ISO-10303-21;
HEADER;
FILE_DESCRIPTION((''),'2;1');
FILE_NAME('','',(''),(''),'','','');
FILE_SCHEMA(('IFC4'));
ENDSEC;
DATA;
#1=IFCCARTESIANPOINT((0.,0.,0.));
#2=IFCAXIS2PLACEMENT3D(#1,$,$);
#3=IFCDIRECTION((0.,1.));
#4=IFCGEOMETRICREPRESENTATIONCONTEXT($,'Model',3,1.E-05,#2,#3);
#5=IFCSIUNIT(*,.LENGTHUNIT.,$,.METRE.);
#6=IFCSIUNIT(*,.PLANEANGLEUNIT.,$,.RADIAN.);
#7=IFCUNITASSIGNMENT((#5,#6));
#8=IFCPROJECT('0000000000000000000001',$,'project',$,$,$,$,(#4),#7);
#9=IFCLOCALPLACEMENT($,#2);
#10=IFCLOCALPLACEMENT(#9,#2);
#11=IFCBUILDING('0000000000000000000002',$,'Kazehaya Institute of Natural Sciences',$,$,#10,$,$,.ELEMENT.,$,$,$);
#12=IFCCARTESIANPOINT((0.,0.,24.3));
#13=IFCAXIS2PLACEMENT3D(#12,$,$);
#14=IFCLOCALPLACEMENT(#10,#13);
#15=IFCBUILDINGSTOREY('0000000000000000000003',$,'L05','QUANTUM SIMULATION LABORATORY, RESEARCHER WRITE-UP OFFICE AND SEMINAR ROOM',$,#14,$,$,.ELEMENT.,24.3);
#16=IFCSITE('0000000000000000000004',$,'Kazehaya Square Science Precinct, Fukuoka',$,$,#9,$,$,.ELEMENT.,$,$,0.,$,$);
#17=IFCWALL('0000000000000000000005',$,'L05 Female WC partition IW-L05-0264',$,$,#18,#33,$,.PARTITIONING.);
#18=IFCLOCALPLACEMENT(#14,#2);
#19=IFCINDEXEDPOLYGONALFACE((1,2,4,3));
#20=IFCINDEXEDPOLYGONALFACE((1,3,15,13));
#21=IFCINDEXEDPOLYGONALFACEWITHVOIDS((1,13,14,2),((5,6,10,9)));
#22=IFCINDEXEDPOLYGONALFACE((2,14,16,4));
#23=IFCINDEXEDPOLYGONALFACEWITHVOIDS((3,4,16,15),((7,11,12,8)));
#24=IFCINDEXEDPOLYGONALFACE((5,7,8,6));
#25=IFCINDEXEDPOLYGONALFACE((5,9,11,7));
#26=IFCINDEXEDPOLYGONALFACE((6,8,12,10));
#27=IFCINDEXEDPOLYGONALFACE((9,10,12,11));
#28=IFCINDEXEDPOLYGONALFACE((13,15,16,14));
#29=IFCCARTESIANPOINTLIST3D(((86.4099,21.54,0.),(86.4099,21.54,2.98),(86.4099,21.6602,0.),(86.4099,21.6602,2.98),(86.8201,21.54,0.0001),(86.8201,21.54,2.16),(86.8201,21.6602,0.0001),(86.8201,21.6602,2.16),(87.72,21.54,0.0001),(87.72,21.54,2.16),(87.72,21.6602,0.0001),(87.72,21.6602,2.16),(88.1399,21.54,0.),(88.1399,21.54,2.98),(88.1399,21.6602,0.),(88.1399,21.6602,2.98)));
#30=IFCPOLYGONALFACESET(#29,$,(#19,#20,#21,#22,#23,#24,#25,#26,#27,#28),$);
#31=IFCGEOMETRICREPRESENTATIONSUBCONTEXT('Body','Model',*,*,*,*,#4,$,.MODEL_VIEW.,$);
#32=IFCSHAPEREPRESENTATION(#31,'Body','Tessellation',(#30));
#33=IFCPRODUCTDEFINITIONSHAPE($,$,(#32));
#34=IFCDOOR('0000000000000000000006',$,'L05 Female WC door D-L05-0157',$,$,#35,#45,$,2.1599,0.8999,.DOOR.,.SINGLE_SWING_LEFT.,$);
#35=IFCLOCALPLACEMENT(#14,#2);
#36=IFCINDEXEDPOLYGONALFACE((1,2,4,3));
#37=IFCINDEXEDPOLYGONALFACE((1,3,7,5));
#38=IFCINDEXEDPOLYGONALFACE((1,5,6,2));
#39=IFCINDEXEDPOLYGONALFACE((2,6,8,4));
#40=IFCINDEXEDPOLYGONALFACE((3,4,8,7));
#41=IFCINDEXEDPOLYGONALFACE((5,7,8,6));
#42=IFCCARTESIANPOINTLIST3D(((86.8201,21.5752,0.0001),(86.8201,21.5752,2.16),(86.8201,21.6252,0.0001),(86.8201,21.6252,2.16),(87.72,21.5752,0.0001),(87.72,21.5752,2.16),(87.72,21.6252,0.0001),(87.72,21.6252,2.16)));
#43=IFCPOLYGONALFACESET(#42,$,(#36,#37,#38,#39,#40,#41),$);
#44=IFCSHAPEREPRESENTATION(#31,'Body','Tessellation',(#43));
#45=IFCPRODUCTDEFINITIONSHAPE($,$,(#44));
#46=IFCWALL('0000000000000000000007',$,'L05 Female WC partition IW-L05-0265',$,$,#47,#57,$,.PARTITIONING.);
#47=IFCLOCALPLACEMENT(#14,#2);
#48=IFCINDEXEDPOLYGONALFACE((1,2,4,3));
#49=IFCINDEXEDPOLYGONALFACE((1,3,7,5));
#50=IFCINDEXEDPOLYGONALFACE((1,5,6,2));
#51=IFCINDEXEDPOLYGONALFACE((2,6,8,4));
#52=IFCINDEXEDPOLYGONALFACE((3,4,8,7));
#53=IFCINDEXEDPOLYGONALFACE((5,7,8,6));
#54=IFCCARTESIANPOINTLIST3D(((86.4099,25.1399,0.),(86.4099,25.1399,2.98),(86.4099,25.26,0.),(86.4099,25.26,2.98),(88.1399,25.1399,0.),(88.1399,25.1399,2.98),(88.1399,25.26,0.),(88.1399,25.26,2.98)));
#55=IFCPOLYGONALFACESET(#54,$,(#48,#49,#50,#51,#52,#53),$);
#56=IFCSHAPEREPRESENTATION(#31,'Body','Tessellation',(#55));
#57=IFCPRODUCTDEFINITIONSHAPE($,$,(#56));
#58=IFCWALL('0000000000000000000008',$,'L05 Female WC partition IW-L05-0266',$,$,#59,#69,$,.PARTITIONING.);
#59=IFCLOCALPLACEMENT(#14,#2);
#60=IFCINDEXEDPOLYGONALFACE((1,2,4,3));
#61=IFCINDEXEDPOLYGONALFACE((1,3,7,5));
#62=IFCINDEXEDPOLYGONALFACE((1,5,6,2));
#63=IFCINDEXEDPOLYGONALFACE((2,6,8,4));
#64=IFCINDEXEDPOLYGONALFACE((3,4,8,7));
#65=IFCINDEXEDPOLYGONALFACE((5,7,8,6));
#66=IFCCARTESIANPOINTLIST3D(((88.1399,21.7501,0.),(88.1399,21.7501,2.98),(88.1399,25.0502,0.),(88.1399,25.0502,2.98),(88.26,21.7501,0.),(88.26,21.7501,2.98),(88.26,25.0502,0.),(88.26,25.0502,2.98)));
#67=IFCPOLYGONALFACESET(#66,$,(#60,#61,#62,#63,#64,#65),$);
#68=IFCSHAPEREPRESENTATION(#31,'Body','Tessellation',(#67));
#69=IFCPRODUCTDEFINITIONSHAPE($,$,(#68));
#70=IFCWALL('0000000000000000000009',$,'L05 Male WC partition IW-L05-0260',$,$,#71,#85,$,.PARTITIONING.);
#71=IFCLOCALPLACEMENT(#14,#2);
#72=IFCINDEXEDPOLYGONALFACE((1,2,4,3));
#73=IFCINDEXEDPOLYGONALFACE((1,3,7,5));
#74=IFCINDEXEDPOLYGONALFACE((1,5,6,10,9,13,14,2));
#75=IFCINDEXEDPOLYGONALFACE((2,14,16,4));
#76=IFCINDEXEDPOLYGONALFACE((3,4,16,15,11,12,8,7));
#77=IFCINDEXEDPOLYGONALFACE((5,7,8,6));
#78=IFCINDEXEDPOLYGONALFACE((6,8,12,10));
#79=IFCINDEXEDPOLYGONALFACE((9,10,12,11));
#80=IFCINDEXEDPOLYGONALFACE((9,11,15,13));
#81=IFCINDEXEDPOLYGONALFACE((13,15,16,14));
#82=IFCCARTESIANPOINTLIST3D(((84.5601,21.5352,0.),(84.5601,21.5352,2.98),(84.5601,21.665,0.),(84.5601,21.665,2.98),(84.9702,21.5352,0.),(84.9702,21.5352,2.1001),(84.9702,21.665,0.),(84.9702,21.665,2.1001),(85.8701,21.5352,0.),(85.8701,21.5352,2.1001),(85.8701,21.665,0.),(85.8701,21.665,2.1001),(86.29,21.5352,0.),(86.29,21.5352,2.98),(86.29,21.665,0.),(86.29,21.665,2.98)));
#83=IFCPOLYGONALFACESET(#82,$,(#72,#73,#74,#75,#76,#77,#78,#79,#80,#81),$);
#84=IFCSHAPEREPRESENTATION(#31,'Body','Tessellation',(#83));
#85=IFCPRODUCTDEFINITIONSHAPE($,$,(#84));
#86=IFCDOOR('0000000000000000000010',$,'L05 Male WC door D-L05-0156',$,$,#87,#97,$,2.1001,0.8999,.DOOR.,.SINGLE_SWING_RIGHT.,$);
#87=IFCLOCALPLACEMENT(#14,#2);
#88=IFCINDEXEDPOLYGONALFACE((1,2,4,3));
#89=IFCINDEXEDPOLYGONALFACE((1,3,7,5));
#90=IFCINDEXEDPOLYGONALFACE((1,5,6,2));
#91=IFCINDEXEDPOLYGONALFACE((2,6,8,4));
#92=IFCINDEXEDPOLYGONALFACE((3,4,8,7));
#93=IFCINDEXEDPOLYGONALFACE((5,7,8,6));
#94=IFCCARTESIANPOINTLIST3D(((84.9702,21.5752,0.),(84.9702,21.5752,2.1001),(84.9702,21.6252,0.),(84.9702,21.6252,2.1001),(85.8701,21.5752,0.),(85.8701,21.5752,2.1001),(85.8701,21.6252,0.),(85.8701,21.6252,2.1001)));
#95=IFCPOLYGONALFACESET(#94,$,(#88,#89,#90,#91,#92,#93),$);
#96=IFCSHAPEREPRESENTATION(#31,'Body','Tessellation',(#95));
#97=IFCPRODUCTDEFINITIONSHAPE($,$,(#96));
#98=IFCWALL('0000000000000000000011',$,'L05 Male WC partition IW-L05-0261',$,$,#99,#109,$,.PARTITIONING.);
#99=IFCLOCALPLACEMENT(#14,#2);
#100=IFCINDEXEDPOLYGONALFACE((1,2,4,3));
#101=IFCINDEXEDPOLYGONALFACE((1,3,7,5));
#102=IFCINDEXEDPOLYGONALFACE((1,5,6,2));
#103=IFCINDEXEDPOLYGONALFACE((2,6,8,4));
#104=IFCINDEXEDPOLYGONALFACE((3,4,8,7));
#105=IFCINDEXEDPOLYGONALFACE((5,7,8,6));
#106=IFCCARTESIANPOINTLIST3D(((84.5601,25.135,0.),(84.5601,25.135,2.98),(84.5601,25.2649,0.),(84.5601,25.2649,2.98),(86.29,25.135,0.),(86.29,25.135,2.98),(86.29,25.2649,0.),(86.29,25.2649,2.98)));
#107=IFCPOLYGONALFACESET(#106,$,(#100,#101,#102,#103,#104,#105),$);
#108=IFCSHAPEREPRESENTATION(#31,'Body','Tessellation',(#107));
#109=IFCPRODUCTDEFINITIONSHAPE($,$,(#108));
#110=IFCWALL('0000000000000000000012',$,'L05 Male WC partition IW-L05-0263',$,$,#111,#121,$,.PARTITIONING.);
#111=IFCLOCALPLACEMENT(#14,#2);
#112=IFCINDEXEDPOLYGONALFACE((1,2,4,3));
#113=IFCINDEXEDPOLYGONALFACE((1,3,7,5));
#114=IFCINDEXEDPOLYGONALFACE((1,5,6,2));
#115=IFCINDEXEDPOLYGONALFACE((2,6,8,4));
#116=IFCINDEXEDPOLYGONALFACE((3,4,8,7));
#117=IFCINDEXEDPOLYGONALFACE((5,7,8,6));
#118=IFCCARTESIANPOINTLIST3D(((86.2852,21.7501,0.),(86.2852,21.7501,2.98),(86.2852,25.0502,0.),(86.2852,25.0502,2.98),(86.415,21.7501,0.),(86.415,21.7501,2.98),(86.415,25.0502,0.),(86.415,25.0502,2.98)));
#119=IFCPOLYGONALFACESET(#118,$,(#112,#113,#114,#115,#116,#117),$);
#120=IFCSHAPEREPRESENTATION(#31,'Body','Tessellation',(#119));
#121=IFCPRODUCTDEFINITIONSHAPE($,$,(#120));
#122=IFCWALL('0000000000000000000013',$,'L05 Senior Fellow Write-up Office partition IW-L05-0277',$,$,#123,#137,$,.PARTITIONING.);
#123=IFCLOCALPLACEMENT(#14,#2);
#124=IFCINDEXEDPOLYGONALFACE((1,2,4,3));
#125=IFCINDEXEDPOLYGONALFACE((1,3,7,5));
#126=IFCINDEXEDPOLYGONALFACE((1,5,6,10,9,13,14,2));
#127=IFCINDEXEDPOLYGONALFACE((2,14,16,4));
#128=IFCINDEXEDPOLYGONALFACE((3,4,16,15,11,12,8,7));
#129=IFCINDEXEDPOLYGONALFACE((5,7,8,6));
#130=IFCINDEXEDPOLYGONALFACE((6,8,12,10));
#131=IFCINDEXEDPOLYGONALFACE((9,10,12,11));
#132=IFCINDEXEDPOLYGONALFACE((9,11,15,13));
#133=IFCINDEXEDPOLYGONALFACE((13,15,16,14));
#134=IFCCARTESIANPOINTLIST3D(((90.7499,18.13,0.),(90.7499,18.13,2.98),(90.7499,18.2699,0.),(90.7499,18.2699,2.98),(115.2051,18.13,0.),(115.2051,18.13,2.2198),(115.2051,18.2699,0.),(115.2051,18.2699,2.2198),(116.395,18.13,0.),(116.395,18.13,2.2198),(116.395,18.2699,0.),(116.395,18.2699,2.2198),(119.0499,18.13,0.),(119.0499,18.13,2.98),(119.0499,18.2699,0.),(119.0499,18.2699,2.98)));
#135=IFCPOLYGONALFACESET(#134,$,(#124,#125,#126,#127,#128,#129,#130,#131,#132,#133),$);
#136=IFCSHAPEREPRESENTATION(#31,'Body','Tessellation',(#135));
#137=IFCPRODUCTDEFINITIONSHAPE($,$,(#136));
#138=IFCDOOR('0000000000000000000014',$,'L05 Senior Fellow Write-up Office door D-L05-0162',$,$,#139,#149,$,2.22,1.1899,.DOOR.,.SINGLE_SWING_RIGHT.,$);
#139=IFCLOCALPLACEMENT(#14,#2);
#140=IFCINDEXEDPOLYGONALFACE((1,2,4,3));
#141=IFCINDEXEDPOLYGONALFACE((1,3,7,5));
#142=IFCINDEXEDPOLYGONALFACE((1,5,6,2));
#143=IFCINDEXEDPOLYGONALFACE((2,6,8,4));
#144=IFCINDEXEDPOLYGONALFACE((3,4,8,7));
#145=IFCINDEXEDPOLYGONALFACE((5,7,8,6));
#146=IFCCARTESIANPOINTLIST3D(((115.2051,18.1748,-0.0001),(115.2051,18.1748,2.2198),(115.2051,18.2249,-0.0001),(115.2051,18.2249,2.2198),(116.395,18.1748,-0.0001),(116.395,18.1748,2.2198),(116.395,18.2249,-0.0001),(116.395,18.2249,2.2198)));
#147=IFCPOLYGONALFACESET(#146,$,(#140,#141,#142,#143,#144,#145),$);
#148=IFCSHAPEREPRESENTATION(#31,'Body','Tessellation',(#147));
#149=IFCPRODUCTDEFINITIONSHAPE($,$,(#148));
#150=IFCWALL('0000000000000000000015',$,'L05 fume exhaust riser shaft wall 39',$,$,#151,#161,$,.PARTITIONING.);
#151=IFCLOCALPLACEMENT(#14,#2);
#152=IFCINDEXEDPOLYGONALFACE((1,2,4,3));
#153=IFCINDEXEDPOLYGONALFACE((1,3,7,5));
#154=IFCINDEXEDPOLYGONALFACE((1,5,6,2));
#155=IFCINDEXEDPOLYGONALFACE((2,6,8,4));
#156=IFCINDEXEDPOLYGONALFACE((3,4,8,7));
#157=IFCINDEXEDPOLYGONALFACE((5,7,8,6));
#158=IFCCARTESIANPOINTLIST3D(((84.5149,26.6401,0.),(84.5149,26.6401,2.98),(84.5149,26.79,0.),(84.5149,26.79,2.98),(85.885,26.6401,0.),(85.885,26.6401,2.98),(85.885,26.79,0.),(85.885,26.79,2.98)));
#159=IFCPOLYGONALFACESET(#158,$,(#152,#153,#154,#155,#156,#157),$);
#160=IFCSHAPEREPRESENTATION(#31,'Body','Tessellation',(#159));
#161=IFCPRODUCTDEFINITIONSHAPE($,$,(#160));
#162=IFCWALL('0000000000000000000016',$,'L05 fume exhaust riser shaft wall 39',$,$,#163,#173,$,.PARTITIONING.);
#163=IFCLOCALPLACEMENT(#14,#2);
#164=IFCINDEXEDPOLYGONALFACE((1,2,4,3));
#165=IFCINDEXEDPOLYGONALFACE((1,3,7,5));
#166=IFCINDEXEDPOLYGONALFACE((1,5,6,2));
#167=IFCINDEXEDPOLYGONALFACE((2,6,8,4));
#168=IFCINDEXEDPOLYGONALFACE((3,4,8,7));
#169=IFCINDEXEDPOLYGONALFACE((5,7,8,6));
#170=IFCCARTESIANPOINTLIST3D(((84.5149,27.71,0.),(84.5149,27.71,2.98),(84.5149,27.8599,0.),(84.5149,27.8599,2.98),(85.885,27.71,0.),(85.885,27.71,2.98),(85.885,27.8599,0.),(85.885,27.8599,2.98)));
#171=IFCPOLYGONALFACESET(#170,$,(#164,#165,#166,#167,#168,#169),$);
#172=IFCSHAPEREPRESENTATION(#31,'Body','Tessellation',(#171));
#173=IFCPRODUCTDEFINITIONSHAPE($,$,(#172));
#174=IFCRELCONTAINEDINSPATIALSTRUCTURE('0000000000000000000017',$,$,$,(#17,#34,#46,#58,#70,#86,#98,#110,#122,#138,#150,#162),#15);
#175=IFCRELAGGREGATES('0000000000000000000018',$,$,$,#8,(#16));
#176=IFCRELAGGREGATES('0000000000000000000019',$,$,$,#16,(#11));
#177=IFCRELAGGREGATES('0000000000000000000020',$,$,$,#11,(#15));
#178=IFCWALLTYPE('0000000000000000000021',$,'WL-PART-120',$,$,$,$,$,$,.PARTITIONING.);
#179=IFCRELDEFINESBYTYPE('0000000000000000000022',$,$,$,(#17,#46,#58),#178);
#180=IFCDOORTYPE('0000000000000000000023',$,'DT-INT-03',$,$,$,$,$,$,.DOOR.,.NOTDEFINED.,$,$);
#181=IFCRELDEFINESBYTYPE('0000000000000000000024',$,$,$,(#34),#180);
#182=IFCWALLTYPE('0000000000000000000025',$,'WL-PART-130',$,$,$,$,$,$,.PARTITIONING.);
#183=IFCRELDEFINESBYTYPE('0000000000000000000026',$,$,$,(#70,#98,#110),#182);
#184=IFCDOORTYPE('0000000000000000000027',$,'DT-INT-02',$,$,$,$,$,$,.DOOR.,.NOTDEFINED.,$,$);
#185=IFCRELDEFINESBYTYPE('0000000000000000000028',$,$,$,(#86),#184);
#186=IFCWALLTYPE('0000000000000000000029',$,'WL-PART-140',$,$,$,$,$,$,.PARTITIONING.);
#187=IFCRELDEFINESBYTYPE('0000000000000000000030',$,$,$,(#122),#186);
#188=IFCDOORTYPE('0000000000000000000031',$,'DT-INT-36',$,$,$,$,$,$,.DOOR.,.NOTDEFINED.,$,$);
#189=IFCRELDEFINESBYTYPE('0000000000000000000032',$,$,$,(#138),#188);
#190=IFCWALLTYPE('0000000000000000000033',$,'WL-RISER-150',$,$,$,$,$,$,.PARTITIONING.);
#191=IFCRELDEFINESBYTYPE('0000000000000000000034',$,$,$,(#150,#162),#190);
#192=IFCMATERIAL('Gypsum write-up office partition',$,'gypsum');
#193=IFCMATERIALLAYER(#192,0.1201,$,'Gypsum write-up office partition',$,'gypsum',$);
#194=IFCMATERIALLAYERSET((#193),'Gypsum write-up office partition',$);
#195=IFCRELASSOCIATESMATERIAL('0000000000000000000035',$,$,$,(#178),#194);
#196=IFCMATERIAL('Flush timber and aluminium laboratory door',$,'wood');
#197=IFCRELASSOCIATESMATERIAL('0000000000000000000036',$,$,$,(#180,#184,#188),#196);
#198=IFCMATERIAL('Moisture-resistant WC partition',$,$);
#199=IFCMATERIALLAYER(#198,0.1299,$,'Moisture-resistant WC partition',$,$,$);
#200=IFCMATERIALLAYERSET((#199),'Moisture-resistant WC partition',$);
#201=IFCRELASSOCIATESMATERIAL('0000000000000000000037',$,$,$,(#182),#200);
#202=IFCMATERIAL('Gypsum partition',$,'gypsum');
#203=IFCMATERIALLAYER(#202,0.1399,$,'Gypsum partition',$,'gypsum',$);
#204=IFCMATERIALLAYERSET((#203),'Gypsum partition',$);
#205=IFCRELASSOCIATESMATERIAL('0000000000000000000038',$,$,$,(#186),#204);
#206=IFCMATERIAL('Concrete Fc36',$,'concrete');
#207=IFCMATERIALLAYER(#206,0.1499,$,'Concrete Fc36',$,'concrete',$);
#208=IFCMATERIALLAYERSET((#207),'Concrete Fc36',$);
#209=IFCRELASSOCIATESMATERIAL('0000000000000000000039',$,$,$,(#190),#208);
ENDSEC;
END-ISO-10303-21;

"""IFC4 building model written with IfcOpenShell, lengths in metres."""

from ifc_helpers import new_model, si_unit, direction, frame, frame_2d, origin, place, context, subcontext, project, spatial, rectangle, extrude, material, layer, layer_set, type_object, element, fill, save


model = new_model("IFC4")

# Units and contexts
model_context = context("Model", 3, precision=1e-05, world=origin(), true_north=direction((0.0, 1.0)))
body_context = subcontext(model_context, "Body", "Model", "MODEL_VIEW")
ifc_project = project(units=[si_unit("LENGTHUNIT", "METRE"), si_unit("PLANEANGLEUNIT", "RADIAN")], contexts=[model_context])

# Site, building, storey
site_placement = place(None, origin())
site = spatial("IfcSite", under=ifc_project, at=site_placement, Name="Kazehaya Square Science Precinct, Fukuoka", CompositionType="ELEMENT", RefElevation=0.0)
building_placement = place(site_placement, origin())
building = spatial("IfcBuilding", under=site, at=building_placement, Name="Kazehaya Institute of Natural Sciences", CompositionType="ELEMENT")
storey_placement = place(building_placement, frame((0.0, 0.0, 24.3)))
storey = spatial("IfcBuildingStorey", under=building, at=storey_placement, Name="L05", Description="QUANTUM SIMULATION LABORATORY, RESEARCHER WRITE-UP OFFICE AND SEMINAR ROOM", CompositionType="ELEMENT", Elevation=24.3)

# Shared definitions
ifc_material_1 = material(Name="Concrete Fc36", Category="concrete")

# Shared definitions
ifc_material_2 = material(Name="Flush timber and aluminium laboratory door", Category="wood")

# Wall, opening, door
ifc_material_3 = material(Name="Gypsum write-up office partition", Category="gypsum")
ifc_layer_1 = layer(ifc_material_3, 0.1201, Name="Gypsum write-up office partition", Category="gypsum")
ifc_layer_set_1 = layer_set([ifc_layer_1], Name="Gypsum write-up office partition")
wall_type_1 = type_object("IfcWallType", Name="WL-PART-120", PredefinedType="PARTITIONING", material=ifc_layer_set_1)
wall_1_placement = place(storey_placement, frame((88.1399, 21.6001, 0.0), z_axis=(0.0, 0.0, 1.0), x_axis=(-1.0, 0.0, 0.0)))
wall_1 = element("IfcWall", 1, at=wall_1_placement, inside=storey, type_object=wall_type_1, Name="L05 Female WC partition IW-L05-0264", PredefinedType="PARTITIONING", context=body_context, shape_type="SweptSolid", body=[
    extrude(rectangle(XDim=1.73, YDim=0.1201, at=frame_2d((0.865, 0.0))), origin(), (0.0, 0.0, 1.0), 2.98),
])
opening_1_placement = place(wall_1_placement, frame((0.4199, 0.0, 0.0)))
opening_1 = element("IfcOpeningElement", 2, at=opening_1_placement, cuts=wall_1, PredefinedType="OPENING", context=body_context, shape_type="SweptSolid", body=[
    extrude(rectangle(XDim=0.8999, YDim=2.1599, at=frame_2d((0.45, 1.0801))), frame((0.0, 0.0701, 0.0), z_axis=(0.0, -1.0, 0.0), x_axis=(1.0, 0.0, 0.0)), (0.0, 0.0, 1.0), 0.1401),
])
door_type_1 = type_object("IfcDoorType", Name="DT-INT-03", OperationType="NOTDEFINED", PredefinedType="DOOR", material=ifc_material_2)
door_1_placement = place(opening_1_placement, origin())
door_1 = element("IfcDoor", 3, at=door_1_placement, inside=storey, type_object=door_type_1, Name="L05 Female WC door D-L05-0157", OperationType="SINGLE_SWING_LEFT", OverallHeight=2.1599, OverallWidth=0.8999, PredefinedType="DOOR", context=body_context, shape_type="SweptSolid", body=[
    extrude(rectangle(XDim=0.8999, YDim=2.1599, at=frame_2d((0.45, 1.0801))), frame((0.0, 0.0249, 0.0), z_axis=(0.0, -1.0, 0.0), x_axis=(1.0, 0.0, 0.0)), (0.0, 0.0, 1.0), 0.05),
])
fill(opening_1, door_1)

# Walls
wall_2_placement = place(storey_placement, frame((86.4099, 25.2, 0.0), z_axis=(0.0, 0.0, 1.0), x_axis=(1.0, 0.0, 0.0)))
element("IfcWall", 4, at=wall_2_placement, inside=storey, type_object=wall_type_1, Name="L05 Female WC partition IW-L05-0265", PredefinedType="PARTITIONING", context=body_context, shape_type="SweptSolid", body=[
    extrude(rectangle(XDim=1.73, YDim=0.1201, at=frame_2d((0.865, 0.0))), origin(), (0.0, 0.0, 1.0), 2.98),
])
wall_3_placement = place(storey_placement, frame((88.2, 25.05, 0.0), z_axis=(0.0, 0.0, 1.0), x_axis=(0.0, -1.0, 0.0)))
element("IfcWall", 5, at=wall_3_placement, inside=storey, type_object=wall_type_1, Name="L05 Female WC partition IW-L05-0266", PredefinedType="PARTITIONING", context=body_context, shape_type="SweptSolid", body=[
    extrude(rectangle(XDim=3.3, YDim=0.1201, at=frame_2d((1.6499, 0.0))), origin(), (0.0, 0.0, 1.0), 2.98),
])

# Wall, opening, door
ifc_material_4 = material(Name="Moisture-resistant WC partition")
ifc_layer_2 = layer(ifc_material_4, 0.1299, Name="Moisture-resistant WC partition")
ifc_layer_set_2 = layer_set([ifc_layer_2], Name="Moisture-resistant WC partition")
wall_type_2 = type_object("IfcWallType", Name="WL-PART-130", PredefinedType="PARTITIONING", material=ifc_layer_set_2)
wall_4_placement = place(storey_placement, frame((86.29, 21.6001, 0.0), z_axis=(0.0, 0.0, 1.0), x_axis=(-1.0, 0.0, 0.0)))
wall_4 = element("IfcWall", 6, at=wall_4_placement, inside=storey, type_object=wall_type_2, Name="L05 Male WC partition IW-L05-0260", PredefinedType="PARTITIONING", context=body_context, shape_type="SweptSolid", body=[
    extrude(rectangle(XDim=1.73, YDim=0.1299, at=frame_2d((0.865, 0.0))), origin(), (0.0, 0.0, 1.0), 2.98),
])
opening_2_placement = place(wall_4_placement, frame((0.4199, 0.0, 0.0)))
opening_2 = element("IfcOpeningElement", 7, at=opening_2_placement, cuts=wall_4, PredefinedType="OPENING", context=body_context, shape_type="SweptSolid", body=[
    extrude(rectangle(XDim=0.8999, YDim=2.1001, at=frame_2d((0.45, 1.05))), frame((0.0, 0.075, 0.0), z_axis=(0.0, -1.0, 0.0), x_axis=(1.0, 0.0, 0.0)), (0.0, 0.0, 1.0), 0.1499),
])
door_type_2 = type_object("IfcDoorType", Name="DT-INT-02", OperationType="NOTDEFINED", PredefinedType="DOOR", material=ifc_material_2)
door_2_placement = place(opening_2_placement, origin())
door_2 = element("IfcDoor", 8, at=door_2_placement, inside=storey, type_object=door_type_2, Name="L05 Male WC door D-L05-0156", OperationType="SINGLE_SWING_RIGHT", OverallHeight=2.1001, OverallWidth=0.8999, PredefinedType="DOOR", context=body_context, shape_type="SweptSolid", body=[
    extrude(rectangle(XDim=0.8999, YDim=2.1001, at=frame_2d((0.45, 1.05))), frame((0.0, 0.0249, 0.0), z_axis=(0.0, -1.0, 0.0), x_axis=(1.0, 0.0, 0.0)), (0.0, 0.0, 1.0), 0.05),
])
fill(opening_2, door_2)

# Walls
wall_5_placement = place(storey_placement, frame((84.5601, 25.2, 0.0), z_axis=(0.0, 0.0, 1.0), x_axis=(1.0, 0.0, 0.0)))
element("IfcWall", 9, at=wall_5_placement, inside=storey, type_object=wall_type_2, Name="L05 Male WC partition IW-L05-0261", PredefinedType="PARTITIONING", context=body_context, shape_type="SweptSolid", body=[
    extrude(rectangle(XDim=1.73, YDim=0.1299, at=frame_2d((0.865, 0.0))), origin(), (0.0, 0.0, 1.0), 2.98),
])
wall_6_placement = place(storey_placement, frame((86.3501, 25.05, 0.0), z_axis=(0.0, 0.0, 1.0), x_axis=(0.0, -1.0, 0.0)))
element("IfcWall", 10, at=wall_6_placement, inside=storey, type_object=wall_type_2, Name="L05 Male WC partition IW-L05-0263", PredefinedType="PARTITIONING", context=body_context, shape_type="SweptSolid", body=[
    extrude(rectangle(XDim=3.3, YDim=0.1299, at=frame_2d((1.6499, 0.0))), origin(), (0.0, 0.0, 1.0), 2.98),
])

# Wall, opening, door
ifc_material_5 = material(Name="Gypsum partition", Category="gypsum")
ifc_layer_3 = layer(ifc_material_5, 0.1399, Name="Gypsum partition", Category="gypsum")
ifc_layer_set_3 = layer_set([ifc_layer_3], Name="Gypsum partition")
wall_type_3 = type_object("IfcWallType", Name="WL-PART-140", PredefinedType="PARTITIONING", material=ifc_layer_set_3)
wall_7_placement = place(storey_placement, frame((90.75, 18.2, 0.0), z_axis=(0.0, 0.0, 1.0), x_axis=(1.0, 0.0, 0.0)))
wall_7 = element("IfcWall", 11, at=wall_7_placement, inside=storey, type_object=wall_type_3, Name="L05 Senior Fellow Write-up Office partition IW-L05-0277", PredefinedType="PARTITIONING", context=body_context, shape_type="SweptSolid", body=[
    extrude(rectangle(XDim=28.3, YDim=0.1399, at=frame_2d((14.1499, 0.0))), origin(), (0.0, 0.0, 1.0), 2.98),
])
opening_3_placement = place(wall_7_placement, frame((24.4551, 0.0, 0.0)))
opening_3 = element("IfcOpeningElement", 12, at=opening_3_placement, cuts=wall_7, PredefinedType="OPENING", context=body_context, shape_type="SweptSolid", body=[
    extrude(rectangle(XDim=1.1899, YDim=2.22, at=frame_2d((0.595, 1.1099))), frame((0.0, 0.0798, 0.0), z_axis=(0.0, -1.0, 0.0), x_axis=(1.0, 0.0, 0.0)), (0.0, 0.0, 1.0), 0.1599),
])
door_type_3 = type_object("IfcDoorType", Name="DT-INT-36", OperationType="NOTDEFINED", PredefinedType="DOOR", material=ifc_material_2)
door_3_placement = place(opening_3_placement, origin())
door_3 = element("IfcDoor", 13, at=door_3_placement, inside=storey, type_object=door_type_3, Name="L05 Senior Fellow Write-up Office door D-L05-0162", OperationType="SINGLE_SWING_RIGHT", OverallHeight=2.22, OverallWidth=1.1899, PredefinedType="DOOR", context=body_context, shape_type="SweptSolid", body=[
    extrude(rectangle(XDim=1.1899, YDim=2.22, at=frame_2d((0.595, 1.1099))), frame((0.0, 0.0249, 0.0), z_axis=(0.0, -1.0, 0.0), x_axis=(1.0, 0.0, 0.0)), (0.0, 0.0, 1.0), 0.05),
])
fill(opening_3, door_3)

# Walls
ifc_layer_4 = layer(ifc_material_1, 0.1499, Name="Concrete Fc36", Category="concrete")
ifc_layer_set_4 = layer_set([ifc_layer_4], Name="Concrete Fc36")
wall_type_4 = type_object("IfcWallType", Name="WL-RISER-150", PredefinedType="PARTITIONING", material=ifc_layer_set_4)
for number, where, z_axis, x_axis, name in (
    (14, (85.885, 26.7151, 0.0), (0.0, 0.0, 1.0), (-1.0, 0.0, 0.0), "L05 fume exhaust riser shaft wall 39"),
    (15, (84.5149, 27.7849, 0.0), (0.0, 0.0, 1.0), (1.0, 0.0, 0.0), "L05 fume exhaust riser shaft wall 39"),
):
    element("IfcWall", number, at=place(storey_placement, frame(where, z_axis=z_axis, x_axis=x_axis)), inside=storey, type_object=wall_type_4, Name=name, PredefinedType="PARTITIONING", context=body_context, shape_type="SweptSolid", body=[
        extrude(rectangle(XDim=1.3701, YDim=0.1499, at=frame_2d((0.6851, 0.0))), origin(), (0.0, 0.0, 1.0), 2.98),
    ])

save(model, "model.ifc")
